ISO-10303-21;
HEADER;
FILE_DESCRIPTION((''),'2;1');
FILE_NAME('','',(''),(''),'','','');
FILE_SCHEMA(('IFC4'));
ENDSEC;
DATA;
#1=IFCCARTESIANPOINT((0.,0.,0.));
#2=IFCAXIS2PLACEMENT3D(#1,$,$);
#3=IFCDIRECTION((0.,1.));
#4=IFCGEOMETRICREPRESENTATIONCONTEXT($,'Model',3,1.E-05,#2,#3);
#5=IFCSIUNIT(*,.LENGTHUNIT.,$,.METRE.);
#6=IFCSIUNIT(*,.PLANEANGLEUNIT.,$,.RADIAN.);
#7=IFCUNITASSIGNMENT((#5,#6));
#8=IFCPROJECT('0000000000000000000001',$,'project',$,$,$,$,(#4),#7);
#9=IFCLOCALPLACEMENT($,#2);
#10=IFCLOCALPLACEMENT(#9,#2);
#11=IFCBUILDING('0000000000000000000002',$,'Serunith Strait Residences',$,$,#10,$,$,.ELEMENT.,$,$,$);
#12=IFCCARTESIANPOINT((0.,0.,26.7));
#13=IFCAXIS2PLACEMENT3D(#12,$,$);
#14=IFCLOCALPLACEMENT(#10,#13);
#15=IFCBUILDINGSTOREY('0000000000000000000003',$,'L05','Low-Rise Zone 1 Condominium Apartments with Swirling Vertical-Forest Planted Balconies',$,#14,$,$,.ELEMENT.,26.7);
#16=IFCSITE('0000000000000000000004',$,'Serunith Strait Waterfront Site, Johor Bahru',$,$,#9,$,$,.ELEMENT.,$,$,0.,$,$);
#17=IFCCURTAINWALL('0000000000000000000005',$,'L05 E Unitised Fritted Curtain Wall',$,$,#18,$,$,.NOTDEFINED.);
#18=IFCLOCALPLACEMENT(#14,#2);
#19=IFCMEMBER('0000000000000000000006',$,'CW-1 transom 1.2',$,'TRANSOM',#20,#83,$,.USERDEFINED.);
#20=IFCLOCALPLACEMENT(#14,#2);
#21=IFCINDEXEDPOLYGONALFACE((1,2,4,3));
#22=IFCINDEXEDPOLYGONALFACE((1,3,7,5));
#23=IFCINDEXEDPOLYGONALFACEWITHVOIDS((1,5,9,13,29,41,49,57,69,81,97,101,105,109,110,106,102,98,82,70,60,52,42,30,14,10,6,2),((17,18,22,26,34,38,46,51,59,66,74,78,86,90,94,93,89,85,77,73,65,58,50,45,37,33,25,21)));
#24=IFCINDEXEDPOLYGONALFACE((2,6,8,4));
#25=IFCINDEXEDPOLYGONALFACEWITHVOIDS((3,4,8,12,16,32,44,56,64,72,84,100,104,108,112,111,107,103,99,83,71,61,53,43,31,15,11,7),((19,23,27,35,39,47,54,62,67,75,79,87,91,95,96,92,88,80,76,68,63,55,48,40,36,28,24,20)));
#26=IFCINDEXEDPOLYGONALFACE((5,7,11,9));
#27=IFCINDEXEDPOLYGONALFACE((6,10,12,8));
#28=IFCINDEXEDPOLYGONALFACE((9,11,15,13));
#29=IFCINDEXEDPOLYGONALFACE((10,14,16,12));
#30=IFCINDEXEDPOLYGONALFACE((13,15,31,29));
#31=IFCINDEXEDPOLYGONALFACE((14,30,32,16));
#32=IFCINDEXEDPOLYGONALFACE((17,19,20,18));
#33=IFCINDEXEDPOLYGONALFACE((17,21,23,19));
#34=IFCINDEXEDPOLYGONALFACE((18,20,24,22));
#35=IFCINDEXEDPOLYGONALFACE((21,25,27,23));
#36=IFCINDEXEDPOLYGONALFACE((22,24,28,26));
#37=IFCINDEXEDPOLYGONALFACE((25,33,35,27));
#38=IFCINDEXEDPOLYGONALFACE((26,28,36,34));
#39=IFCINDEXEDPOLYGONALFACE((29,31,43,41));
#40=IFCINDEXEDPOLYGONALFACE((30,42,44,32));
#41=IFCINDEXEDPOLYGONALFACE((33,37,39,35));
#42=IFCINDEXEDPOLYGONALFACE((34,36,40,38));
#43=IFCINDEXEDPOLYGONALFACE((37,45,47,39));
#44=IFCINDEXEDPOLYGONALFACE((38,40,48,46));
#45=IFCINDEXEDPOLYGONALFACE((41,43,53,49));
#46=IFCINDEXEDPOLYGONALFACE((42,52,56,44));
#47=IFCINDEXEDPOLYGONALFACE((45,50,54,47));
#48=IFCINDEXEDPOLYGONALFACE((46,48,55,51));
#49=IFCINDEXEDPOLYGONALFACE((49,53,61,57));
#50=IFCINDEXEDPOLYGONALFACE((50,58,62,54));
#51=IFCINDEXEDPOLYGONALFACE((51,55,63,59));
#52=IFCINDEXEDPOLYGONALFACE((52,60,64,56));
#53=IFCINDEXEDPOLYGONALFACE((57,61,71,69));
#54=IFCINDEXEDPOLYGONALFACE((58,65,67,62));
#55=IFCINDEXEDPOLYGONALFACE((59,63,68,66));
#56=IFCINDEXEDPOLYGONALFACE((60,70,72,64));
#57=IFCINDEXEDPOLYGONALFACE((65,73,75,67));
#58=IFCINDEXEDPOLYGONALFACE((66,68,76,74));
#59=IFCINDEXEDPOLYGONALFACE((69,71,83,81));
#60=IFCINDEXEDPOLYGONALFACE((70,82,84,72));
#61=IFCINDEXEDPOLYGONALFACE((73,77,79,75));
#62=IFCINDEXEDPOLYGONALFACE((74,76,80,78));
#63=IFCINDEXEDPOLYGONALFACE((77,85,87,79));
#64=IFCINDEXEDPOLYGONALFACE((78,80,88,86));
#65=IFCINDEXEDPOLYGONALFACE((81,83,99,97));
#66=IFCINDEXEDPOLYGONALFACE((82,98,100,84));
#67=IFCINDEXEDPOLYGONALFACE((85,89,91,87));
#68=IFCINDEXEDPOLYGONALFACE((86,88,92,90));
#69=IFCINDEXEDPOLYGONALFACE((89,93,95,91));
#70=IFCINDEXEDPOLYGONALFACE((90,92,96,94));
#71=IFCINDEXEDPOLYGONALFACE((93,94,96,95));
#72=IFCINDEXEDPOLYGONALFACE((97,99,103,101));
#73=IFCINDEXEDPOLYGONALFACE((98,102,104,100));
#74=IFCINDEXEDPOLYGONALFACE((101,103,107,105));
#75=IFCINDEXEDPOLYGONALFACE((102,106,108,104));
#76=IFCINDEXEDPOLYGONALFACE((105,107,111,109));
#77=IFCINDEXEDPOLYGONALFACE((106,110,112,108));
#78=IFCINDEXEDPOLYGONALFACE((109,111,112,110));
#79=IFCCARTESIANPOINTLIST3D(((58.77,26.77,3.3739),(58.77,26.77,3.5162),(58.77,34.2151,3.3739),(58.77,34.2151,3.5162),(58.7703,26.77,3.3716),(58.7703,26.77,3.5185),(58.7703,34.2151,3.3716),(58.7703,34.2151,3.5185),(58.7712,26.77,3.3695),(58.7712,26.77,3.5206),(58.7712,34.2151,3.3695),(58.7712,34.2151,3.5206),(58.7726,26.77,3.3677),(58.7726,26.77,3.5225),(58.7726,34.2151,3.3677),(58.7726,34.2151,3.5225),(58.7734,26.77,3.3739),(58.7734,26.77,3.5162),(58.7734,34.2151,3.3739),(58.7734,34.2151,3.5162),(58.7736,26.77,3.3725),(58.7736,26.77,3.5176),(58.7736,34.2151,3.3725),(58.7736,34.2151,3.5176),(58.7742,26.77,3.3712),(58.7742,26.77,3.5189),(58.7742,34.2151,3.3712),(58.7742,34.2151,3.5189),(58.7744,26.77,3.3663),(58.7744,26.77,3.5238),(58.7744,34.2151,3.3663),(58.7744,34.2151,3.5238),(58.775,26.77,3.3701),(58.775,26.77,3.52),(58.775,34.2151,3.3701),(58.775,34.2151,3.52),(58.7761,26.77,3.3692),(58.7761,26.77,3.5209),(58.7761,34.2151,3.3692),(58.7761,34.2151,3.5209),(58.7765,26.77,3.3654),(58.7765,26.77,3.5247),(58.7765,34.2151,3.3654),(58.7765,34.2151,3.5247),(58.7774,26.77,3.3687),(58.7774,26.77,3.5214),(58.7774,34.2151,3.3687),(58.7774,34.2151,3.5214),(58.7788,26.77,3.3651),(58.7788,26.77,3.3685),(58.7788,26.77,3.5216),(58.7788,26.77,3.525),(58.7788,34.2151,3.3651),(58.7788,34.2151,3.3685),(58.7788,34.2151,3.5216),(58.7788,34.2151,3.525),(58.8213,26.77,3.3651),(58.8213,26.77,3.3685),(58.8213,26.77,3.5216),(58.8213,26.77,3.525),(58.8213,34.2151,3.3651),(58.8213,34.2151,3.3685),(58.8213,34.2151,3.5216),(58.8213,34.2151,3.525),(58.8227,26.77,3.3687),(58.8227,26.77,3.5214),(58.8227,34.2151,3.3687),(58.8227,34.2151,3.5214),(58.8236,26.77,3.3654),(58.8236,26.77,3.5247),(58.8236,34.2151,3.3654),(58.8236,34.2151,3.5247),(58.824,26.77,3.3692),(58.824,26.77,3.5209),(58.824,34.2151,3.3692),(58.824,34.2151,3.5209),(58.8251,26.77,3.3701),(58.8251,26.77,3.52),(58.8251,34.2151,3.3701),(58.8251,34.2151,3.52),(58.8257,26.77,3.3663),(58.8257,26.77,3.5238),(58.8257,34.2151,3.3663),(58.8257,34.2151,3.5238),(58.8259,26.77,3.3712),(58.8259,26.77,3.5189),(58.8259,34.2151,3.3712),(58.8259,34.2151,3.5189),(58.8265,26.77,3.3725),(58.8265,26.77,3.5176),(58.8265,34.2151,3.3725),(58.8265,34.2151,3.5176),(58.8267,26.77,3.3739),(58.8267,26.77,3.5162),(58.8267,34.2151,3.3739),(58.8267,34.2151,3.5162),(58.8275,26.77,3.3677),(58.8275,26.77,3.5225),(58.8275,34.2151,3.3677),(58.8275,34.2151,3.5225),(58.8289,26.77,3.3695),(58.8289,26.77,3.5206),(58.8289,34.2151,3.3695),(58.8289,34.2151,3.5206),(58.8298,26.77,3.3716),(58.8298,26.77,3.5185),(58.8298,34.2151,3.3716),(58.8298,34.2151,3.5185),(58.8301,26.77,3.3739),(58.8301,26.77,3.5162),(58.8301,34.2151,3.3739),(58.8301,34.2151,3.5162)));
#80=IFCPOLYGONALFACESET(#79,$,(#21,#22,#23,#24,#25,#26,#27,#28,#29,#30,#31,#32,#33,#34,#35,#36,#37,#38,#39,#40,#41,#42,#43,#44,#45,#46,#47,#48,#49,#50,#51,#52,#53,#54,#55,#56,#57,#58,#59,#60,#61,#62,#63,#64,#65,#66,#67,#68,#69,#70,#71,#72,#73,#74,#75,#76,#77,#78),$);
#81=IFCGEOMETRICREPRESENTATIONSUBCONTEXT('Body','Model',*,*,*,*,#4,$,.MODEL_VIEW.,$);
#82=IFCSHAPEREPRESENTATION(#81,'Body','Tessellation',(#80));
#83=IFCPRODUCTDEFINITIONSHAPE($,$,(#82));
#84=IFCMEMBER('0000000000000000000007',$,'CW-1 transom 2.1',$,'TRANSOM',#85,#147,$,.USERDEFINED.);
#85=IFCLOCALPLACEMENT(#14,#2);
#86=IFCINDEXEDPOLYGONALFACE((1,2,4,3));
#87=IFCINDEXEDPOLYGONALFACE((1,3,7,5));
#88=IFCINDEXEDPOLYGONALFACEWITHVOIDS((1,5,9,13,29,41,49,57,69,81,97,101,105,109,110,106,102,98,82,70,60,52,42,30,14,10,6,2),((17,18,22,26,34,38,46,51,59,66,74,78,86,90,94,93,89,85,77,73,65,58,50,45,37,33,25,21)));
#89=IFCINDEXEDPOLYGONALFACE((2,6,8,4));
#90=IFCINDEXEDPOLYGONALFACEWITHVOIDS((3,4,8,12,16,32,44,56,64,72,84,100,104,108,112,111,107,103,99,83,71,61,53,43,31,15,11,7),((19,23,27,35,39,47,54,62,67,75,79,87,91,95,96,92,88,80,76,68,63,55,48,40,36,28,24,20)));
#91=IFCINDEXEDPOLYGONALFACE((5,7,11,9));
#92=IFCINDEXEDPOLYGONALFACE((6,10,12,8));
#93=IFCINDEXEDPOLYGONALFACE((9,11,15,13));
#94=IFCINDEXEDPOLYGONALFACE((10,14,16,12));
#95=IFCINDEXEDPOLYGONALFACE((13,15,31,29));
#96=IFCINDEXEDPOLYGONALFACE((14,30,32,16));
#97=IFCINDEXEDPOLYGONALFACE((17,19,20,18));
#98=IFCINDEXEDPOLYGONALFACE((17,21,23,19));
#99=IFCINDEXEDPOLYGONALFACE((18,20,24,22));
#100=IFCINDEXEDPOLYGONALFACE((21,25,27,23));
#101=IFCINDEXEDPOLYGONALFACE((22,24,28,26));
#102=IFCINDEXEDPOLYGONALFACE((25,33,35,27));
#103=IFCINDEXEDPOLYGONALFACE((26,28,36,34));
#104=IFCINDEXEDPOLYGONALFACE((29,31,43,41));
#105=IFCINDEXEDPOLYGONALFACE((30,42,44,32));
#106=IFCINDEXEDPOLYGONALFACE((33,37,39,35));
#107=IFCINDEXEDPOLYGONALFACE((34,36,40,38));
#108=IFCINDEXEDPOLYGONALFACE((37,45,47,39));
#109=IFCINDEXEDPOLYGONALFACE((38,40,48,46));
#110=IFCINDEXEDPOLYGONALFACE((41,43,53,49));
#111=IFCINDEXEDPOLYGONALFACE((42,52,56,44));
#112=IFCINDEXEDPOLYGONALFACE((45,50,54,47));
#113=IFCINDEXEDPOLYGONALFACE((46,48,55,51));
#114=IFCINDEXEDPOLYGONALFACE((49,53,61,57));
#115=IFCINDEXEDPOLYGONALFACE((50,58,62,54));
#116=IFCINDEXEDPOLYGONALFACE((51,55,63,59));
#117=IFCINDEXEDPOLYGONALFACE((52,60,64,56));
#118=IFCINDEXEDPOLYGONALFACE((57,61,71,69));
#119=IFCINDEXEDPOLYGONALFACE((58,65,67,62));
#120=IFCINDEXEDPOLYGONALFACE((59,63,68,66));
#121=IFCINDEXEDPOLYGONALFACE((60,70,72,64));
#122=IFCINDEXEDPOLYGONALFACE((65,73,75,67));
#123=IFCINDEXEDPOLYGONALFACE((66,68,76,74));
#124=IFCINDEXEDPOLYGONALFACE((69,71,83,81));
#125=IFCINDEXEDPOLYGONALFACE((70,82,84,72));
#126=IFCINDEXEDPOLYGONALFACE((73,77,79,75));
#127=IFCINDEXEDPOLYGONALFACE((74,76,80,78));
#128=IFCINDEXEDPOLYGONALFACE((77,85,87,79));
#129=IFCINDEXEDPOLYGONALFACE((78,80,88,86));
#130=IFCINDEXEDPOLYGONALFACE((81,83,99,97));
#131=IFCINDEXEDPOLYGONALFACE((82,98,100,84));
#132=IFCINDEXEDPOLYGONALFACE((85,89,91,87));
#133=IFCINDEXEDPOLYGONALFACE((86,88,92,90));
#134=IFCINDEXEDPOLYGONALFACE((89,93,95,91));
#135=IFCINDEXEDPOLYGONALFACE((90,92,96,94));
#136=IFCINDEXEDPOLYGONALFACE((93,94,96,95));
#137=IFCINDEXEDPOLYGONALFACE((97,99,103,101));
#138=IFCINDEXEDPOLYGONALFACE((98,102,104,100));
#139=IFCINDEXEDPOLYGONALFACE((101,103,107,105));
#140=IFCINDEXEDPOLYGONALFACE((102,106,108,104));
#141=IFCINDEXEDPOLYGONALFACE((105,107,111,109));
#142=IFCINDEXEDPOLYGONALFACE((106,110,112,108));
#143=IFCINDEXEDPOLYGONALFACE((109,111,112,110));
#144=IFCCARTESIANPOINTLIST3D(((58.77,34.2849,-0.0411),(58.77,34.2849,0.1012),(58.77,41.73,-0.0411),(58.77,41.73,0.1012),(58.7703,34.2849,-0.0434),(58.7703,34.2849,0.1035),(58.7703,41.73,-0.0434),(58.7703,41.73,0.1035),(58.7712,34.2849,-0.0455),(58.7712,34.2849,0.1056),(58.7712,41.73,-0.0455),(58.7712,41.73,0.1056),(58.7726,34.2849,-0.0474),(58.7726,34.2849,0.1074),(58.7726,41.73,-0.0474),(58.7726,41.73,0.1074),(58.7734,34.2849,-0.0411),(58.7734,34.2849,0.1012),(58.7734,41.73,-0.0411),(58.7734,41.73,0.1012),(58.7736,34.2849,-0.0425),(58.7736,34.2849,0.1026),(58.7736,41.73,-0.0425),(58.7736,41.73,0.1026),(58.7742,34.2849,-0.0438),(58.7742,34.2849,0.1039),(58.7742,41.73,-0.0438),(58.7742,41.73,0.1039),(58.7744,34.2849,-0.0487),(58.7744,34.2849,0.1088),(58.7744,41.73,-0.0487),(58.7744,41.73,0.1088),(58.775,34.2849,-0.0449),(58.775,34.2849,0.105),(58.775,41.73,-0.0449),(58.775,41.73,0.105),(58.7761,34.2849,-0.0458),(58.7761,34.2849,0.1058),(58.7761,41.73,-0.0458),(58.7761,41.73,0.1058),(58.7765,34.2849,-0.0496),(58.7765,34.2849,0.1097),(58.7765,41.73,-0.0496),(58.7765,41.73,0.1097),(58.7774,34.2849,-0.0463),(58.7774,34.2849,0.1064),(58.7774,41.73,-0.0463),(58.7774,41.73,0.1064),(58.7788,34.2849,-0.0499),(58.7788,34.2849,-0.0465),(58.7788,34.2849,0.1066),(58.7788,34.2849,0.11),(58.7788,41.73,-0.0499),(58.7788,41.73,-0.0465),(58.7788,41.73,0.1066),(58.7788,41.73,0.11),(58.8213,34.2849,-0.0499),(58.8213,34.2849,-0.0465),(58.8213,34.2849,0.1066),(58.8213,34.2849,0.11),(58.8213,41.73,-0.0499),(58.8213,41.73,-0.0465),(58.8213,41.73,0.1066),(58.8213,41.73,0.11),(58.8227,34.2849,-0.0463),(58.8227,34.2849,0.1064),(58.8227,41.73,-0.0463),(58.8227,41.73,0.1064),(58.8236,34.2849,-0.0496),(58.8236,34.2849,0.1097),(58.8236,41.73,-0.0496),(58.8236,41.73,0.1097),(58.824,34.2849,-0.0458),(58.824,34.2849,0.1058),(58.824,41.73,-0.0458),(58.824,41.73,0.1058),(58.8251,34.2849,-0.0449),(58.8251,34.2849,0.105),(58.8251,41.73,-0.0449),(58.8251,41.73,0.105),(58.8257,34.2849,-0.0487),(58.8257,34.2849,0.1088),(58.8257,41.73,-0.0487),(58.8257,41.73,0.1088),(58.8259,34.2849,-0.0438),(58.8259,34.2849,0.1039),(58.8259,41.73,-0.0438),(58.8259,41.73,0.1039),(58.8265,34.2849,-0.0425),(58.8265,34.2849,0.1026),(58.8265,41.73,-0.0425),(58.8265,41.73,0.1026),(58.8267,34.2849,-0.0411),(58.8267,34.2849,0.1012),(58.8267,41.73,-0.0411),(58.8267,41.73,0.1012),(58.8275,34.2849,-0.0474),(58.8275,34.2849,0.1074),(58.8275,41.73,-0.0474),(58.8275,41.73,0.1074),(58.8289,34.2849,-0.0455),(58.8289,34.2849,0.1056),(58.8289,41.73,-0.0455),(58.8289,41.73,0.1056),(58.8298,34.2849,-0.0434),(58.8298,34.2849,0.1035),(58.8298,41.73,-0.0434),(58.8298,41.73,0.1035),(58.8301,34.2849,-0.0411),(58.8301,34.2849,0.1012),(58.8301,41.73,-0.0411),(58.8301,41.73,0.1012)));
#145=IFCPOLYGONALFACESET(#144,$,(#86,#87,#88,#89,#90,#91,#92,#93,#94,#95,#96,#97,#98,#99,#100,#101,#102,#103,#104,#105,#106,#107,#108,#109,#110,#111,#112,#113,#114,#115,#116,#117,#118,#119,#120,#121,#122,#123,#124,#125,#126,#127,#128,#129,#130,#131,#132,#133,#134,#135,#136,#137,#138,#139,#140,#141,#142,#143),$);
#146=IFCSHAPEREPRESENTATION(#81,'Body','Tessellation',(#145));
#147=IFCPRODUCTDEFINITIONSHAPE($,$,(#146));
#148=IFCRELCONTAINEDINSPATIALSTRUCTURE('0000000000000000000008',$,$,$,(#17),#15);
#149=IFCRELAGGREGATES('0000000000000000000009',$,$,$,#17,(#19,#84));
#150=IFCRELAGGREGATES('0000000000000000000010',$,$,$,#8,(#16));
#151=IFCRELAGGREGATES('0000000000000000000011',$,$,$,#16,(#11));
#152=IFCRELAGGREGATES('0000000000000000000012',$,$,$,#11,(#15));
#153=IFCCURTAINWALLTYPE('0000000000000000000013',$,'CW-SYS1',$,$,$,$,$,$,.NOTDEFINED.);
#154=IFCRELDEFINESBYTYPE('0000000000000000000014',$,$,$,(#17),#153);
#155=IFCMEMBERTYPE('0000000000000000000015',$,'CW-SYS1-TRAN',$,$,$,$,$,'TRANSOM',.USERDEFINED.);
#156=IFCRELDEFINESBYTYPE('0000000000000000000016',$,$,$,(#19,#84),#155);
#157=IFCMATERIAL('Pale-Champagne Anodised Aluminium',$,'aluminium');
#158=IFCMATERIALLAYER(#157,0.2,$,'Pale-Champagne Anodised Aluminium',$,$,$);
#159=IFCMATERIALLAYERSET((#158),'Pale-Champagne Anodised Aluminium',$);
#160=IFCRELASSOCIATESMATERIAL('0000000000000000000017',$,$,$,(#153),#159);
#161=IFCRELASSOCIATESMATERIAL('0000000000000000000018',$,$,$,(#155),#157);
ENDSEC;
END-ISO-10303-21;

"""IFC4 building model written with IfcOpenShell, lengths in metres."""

from ifc_helpers import new_model, si_unit, direction, frame, origin, origin_2d, place, context, subcontext, project, spatial, hollow_rectangle, extrude, source, transform, mapped, material, layer, layer_set, material_profile, profile_set, type_object, element, aggregate, save


model = new_model("IFC4")

# Units and contexts
model_context = context("Model", 3, precision=1e-05, world=origin(), true_north=direction((0.0, 1.0)))
body_context = subcontext(model_context, "Body", "Model", "MODEL_VIEW")
ifc_project = project(units=[si_unit("LENGTHUNIT", "METRE"), si_unit("PLANEANGLEUNIT", "RADIAN")], contexts=[model_context])

# Site, building, storey
site_placement = place(None, origin())
site = spatial("IfcSite", under=ifc_project, at=site_placement, Name="Serunith Strait Waterfront Site, Johor Bahru", CompositionType="ELEMENT", RefElevation=0.0)
building_placement = place(site_placement, origin())
building = spatial("IfcBuilding", under=site, at=building_placement, Name="Serunith Strait Residences", CompositionType="ELEMENT")
storey_placement = place(building_placement, frame((0.0, 0.0, 26.7)))
storey = spatial("IfcBuildingStorey", under=building, at=storey_placement, Name="L05", Description="Low-Rise Zone 1 Condominium Apartments with Swirling Vertical-Forest Planted Balconies", CompositionType="ELEMENT", Elevation=26.7)

# Curtain wall, members
ifc_material_1 = material(Name="Pale-Champagne Anodised Aluminium", Category="aluminium")
ifc_layer_1 = layer(ifc_material_1, 0.2, Name="Pale-Champagne Anodised Aluminium")
ifc_layer_set_1 = layer_set([ifc_layer_1], Name="Pale-Champagne Anodised Aluminium")
curtain_wall_type = type_object("IfcCurtainWallType", Name="CW-SYS1", PredefinedType="NOTDEFINED", material=ifc_layer_set_1)
curtain_wall_placement = place(storey_placement, origin())
curtain_wall = element("IfcCurtainWall", 1, at=curtain_wall_placement, inside=storey, type_object=curtain_wall_type, Name="L05 E Unitised Fritted Curtain Wall", PredefinedType="NOTDEFINED")
ifc_material_profile_1 = material_profile(ifc_material_1, hollow_rectangle(XDim=0.0601, YDim=0.1599, WallThickness=0.0034, InnerFilletRadius=0.0054, OuterFilletRadius=0.0088, at=origin_2d()), Name="ALU 160x60x3.5")
ifc_profile_set_1 = profile_set([ifc_material_profile_1], Name="Pale-Champagne Anodised Aluminium")
member_type_1 = type_object("IfcMemberType", Name="CW-SYS1-TRAN", ElementType="TRANSOM", PredefinedType="USERDEFINED", material=ifc_profile_set_1)
shared_shape_1 = source(origin(), body_context, "Body", "SweptSolid", [
    extrude(hollow_rectangle(XDim=0.0601, YDim=0.1599, WallThickness=0.0034, InnerFilletRadius=0.0054, OuterFilletRadius=0.0088, at=origin_2d()), origin(), (0.0, 0.0, 1.0), 7.4451),
])
member_1_placement = place(storey_placement, frame((58.8, 26.77, 3.4451), z_axis=(0.0, 1.0, 0.0), x_axis=(-1.0, 0.0, 0.0)))
member_1 = element("IfcMember", 2, at=member_1_placement, type_object=member_type_1, Name="CW-1 transom 1.2", ObjectType="TRANSOM", PredefinedType="USERDEFINED", context=body_context, shape_type="MappedRepresentation", body=[
    mapped(shared_shape_1, transform((0.0, 0.0, 0.0), scale=1.0)),
])
member_2_placement = place(storey_placement, frame((58.8, 34.2849, 0.03), z_axis=(0.0, 1.0, 0.0), x_axis=(-1.0, 0.0, 0.0)))
member_2 = element("IfcMember", 3, at=member_2_placement, type_object=member_type_1, Name="CW-1 transom 2.1", ObjectType="TRANSOM", PredefinedType="USERDEFINED", context=body_context, shape_type="MappedRepresentation", body=[
    mapped(shared_shape_1, transform((0.0, 0.0, 0.0), scale=1.0)),
])
aggregate(curtain_wall, [member_1, member_2])

save(model, "model.ifc")
